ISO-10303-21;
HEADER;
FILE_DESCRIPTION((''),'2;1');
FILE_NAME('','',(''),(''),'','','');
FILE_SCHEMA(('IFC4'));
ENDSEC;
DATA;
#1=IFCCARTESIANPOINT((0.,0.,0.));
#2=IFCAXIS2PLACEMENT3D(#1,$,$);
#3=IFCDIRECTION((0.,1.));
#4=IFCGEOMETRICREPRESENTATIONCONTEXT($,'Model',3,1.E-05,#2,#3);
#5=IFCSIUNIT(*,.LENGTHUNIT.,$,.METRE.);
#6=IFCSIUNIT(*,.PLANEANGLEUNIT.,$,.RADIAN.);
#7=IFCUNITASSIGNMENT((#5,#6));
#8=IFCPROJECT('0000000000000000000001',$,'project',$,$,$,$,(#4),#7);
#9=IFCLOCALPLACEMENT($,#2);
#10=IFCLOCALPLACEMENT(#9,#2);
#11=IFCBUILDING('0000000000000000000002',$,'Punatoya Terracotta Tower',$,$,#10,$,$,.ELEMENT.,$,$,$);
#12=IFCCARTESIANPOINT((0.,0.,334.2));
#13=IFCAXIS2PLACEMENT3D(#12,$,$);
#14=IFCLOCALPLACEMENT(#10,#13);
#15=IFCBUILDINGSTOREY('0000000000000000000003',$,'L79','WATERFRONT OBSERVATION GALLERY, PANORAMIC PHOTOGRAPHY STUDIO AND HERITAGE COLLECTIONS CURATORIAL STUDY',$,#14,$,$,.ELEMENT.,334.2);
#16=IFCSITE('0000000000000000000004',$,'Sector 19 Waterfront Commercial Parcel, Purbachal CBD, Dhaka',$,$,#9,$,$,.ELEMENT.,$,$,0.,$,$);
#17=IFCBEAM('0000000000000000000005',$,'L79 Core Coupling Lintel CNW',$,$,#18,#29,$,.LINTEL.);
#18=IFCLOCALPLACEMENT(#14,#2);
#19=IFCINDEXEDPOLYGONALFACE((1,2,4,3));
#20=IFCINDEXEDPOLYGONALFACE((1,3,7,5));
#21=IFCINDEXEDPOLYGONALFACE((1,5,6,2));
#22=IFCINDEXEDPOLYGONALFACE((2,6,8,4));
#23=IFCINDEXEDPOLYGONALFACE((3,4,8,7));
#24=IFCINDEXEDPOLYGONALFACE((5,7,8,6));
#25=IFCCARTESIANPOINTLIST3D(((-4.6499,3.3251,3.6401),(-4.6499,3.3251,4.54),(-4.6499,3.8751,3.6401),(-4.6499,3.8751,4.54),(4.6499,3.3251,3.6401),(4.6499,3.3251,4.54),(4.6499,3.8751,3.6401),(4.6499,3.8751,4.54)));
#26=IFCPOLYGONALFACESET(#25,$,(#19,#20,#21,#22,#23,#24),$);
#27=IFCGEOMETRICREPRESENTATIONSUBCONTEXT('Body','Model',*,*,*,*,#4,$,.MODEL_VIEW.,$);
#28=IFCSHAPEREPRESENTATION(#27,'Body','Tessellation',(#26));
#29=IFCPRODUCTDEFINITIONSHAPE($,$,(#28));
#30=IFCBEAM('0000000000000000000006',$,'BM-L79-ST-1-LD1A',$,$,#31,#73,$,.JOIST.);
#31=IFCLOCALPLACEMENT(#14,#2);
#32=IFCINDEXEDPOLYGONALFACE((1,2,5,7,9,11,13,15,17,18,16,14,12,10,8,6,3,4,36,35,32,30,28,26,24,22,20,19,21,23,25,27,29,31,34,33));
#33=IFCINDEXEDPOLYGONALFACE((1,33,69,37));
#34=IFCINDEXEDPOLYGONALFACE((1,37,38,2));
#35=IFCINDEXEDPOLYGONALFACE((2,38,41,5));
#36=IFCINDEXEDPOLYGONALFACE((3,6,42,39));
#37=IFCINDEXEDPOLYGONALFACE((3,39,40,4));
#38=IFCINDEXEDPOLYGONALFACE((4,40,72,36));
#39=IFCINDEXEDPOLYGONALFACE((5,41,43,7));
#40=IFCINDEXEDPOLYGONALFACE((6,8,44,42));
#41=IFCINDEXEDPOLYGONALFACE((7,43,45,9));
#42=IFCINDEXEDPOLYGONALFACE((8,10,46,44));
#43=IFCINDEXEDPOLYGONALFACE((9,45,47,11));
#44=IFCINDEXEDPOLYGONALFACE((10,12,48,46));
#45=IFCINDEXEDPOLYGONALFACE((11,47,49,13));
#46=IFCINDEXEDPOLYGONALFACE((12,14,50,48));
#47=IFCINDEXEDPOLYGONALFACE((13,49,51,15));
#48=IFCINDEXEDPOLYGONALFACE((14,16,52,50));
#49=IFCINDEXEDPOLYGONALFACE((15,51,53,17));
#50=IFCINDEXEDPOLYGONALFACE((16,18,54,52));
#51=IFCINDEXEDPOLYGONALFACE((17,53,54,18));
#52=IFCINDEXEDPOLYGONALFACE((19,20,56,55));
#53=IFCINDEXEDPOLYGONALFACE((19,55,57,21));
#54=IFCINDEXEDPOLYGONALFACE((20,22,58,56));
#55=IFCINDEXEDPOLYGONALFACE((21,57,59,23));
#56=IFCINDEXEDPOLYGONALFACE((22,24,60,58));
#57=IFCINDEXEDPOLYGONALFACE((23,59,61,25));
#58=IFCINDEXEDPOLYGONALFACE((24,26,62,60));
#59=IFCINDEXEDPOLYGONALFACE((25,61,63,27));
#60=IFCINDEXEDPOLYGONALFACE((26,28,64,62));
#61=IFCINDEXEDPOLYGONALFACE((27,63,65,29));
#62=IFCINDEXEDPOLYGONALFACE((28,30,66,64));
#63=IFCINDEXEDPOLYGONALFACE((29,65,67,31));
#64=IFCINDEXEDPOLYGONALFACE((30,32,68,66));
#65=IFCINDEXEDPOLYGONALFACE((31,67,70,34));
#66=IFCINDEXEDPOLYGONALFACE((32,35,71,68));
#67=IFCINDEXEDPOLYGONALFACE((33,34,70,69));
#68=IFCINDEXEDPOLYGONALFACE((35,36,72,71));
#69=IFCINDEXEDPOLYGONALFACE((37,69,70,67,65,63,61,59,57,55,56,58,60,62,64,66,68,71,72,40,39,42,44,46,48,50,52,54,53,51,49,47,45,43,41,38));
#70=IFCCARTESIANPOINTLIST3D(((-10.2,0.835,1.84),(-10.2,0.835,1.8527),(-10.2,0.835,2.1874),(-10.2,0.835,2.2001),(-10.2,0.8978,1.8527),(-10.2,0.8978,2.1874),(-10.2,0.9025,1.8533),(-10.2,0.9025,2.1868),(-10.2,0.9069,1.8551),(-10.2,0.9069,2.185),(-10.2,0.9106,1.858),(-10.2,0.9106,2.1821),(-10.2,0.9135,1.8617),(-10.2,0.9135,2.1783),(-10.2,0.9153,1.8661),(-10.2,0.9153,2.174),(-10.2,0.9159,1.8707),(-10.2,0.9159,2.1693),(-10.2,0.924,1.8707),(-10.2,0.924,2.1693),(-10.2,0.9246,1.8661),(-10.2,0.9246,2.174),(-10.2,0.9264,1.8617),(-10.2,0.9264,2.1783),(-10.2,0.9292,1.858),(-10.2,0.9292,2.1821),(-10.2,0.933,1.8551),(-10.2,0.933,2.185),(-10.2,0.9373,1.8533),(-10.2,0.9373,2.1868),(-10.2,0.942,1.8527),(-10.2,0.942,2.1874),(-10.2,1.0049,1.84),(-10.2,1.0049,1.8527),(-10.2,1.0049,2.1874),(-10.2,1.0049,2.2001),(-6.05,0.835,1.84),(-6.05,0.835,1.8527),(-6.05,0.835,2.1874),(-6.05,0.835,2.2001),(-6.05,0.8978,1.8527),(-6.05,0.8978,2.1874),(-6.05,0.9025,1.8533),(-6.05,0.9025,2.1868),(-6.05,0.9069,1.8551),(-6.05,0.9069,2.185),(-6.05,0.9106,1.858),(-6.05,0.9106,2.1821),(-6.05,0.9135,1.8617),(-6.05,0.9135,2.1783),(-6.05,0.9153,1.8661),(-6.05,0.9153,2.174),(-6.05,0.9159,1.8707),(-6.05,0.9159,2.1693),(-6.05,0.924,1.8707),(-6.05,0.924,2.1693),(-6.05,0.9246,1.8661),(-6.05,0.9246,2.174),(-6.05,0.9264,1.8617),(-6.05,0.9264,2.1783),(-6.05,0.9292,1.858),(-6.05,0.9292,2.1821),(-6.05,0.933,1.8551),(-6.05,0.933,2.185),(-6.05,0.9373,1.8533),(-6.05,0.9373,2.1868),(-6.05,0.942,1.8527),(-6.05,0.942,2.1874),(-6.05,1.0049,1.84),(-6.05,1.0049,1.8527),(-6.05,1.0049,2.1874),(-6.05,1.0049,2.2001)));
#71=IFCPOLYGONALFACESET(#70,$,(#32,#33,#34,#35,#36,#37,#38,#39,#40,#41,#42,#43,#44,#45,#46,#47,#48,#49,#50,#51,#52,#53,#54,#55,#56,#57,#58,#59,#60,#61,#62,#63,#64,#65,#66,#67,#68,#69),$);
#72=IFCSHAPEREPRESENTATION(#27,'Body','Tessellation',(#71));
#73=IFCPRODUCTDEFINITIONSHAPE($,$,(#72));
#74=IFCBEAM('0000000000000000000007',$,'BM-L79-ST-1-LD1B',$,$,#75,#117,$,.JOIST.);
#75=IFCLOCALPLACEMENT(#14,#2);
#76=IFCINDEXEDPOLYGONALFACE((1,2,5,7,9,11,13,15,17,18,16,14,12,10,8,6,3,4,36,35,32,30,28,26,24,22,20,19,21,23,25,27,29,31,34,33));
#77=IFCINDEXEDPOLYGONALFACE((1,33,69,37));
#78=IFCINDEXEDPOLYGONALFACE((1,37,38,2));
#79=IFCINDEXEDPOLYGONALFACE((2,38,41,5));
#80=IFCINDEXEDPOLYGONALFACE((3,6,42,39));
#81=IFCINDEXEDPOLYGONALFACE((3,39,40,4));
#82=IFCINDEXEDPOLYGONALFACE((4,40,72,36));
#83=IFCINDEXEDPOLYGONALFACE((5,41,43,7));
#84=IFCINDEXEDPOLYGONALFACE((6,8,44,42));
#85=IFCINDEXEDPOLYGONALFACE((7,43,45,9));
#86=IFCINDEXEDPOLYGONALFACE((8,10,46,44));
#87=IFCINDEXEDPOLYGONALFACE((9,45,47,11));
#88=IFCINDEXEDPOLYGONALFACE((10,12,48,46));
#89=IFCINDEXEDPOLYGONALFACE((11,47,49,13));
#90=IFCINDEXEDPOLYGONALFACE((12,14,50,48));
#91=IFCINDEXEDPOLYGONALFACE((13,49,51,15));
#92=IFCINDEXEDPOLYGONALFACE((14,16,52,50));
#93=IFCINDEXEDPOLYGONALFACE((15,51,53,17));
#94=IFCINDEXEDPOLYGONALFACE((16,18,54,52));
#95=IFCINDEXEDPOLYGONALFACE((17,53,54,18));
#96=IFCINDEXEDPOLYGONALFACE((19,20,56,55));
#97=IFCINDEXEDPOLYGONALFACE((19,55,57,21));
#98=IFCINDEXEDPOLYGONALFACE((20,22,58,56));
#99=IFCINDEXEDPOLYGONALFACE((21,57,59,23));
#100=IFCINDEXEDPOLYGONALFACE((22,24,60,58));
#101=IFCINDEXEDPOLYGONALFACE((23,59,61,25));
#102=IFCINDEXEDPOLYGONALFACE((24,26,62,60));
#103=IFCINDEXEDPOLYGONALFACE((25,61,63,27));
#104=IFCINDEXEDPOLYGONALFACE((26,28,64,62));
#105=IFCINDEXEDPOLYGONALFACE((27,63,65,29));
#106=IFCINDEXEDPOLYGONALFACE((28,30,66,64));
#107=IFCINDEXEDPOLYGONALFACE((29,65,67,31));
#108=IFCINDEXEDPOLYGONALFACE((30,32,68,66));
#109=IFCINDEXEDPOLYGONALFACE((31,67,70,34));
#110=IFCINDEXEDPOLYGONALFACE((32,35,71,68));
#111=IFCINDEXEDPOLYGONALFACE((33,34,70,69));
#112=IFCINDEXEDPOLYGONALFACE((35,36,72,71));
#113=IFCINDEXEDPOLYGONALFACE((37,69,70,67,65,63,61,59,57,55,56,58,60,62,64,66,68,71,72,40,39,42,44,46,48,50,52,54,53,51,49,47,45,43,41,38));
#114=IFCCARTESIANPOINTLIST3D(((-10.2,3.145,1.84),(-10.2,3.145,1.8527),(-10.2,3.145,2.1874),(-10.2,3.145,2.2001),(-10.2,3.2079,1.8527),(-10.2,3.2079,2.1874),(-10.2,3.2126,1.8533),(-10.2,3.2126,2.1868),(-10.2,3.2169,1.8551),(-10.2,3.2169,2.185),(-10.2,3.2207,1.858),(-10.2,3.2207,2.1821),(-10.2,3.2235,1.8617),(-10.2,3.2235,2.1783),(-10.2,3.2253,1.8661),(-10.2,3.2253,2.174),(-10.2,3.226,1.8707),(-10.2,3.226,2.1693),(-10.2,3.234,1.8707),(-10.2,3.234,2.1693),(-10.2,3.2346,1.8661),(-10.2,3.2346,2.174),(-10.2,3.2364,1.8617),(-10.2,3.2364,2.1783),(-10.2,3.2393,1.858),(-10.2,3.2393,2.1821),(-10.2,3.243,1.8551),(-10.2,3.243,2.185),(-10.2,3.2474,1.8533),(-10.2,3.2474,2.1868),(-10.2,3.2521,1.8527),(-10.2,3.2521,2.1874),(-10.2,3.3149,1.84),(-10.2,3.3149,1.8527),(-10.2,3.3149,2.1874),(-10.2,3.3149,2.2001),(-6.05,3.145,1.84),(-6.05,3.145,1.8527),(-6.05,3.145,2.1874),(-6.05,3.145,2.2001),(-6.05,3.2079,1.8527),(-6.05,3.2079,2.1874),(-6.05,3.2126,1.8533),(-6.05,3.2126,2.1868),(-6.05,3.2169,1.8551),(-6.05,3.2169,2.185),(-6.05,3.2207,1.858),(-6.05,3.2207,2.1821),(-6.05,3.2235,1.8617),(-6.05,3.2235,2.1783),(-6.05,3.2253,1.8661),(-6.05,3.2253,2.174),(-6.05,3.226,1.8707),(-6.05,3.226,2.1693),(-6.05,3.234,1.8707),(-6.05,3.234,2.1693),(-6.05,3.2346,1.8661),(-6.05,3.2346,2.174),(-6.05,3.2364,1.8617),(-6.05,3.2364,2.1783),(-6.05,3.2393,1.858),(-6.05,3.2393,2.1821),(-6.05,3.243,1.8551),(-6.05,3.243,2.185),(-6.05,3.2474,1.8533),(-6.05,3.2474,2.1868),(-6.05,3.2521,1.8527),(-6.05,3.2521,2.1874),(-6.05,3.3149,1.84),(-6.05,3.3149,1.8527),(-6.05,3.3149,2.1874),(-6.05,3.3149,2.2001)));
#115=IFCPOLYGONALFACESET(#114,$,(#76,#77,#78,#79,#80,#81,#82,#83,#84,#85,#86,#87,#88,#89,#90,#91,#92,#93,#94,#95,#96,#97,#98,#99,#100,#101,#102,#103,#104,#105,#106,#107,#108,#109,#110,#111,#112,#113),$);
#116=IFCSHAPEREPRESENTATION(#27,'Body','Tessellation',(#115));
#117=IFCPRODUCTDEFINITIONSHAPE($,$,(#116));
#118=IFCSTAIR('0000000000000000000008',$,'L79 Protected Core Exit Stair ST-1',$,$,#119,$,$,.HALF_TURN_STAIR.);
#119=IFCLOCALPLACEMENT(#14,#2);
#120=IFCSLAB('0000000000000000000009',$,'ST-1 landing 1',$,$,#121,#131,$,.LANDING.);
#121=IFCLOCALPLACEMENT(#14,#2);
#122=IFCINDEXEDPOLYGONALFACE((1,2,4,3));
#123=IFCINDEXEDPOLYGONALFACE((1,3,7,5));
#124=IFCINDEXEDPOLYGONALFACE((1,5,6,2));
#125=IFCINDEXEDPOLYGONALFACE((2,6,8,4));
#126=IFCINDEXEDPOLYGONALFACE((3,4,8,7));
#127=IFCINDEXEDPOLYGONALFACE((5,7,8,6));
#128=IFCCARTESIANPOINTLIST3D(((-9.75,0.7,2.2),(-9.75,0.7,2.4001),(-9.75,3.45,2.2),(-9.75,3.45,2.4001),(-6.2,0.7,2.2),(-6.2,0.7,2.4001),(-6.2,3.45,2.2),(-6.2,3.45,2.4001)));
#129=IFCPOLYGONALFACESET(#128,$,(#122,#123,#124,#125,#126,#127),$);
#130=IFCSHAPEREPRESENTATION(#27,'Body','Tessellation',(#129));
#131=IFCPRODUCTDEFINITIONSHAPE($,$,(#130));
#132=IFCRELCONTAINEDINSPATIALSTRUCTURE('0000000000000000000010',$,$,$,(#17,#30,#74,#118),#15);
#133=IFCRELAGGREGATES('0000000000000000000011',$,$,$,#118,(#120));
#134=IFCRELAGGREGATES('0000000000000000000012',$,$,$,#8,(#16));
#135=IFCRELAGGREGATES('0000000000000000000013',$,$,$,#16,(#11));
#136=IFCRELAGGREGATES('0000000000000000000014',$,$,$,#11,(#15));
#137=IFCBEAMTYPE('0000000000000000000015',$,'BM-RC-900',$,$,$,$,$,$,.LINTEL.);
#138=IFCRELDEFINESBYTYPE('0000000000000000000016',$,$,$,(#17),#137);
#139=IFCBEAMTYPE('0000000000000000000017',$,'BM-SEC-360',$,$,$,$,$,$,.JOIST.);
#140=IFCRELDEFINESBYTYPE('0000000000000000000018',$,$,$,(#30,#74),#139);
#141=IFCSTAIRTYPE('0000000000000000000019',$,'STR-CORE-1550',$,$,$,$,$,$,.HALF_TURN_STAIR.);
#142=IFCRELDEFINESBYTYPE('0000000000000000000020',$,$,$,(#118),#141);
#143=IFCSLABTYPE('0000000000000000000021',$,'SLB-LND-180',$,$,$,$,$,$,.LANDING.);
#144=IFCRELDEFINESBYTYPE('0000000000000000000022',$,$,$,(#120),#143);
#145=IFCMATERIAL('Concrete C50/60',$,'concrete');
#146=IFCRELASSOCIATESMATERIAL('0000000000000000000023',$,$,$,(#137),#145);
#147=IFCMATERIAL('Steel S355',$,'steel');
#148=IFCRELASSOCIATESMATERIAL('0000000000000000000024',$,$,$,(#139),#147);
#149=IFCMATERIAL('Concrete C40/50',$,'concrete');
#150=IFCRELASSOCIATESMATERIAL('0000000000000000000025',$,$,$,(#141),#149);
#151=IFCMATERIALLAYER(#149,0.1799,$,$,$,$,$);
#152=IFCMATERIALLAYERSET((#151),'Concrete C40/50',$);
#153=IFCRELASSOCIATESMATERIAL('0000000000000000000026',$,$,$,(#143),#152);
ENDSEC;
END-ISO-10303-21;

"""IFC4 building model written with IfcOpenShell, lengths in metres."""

from ifc_helpers import new_model, si_unit, direction, frame, origin, origin_2d, place, context, subcontext, project, spatial, polyline, rectangle, i_section, outline, extrude, material, layer, layer_set, material_profile, profile_set, type_object, element, aggregate, save


model = new_model("IFC4")

# Units and contexts
model_context = context("Model", 3, precision=1e-05, world=origin(), true_north=direction((0.0, 1.0)))
body_context = subcontext(model_context, "Body", "Model", "MODEL_VIEW")
ifc_project = project(units=[si_unit("LENGTHUNIT", "METRE"), si_unit("PLANEANGLEUNIT", "RADIAN")], contexts=[model_context])

# Site, building, storey
site_placement = place(None, origin())
site = spatial("IfcSite", under=ifc_project, at=site_placement, Name="Sector 19 Waterfront Commercial Parcel, Purbachal CBD, Dhaka", CompositionType="ELEMENT", RefElevation=0.0)
building_placement = place(site_placement, origin())
building = spatial("IfcBuilding", under=site, at=building_placement, Name="Punatoya Terracotta Tower", CompositionType="ELEMENT")
storey_placement = place(building_placement, frame((0.0, 0.0, 334.2)))
storey = spatial("IfcBuildingStorey", under=building, at=storey_placement, Name="L79", Description="WATERFRONT OBSERVATION GALLERY, PANORAMIC PHOTOGRAPHY STUDIO AND HERITAGE COLLECTIONS CURATORIAL STUDY", CompositionType="ELEMENT", Elevation=334.2)

# Beams
ifc_material_1 = material(Name="Concrete C50/60", Category="concrete")
ifc_material_profile_1 = material_profile(ifc_material_1, rectangle(XDim=0.55, YDim=0.8999, at=origin_2d()))
ifc_profile_set_1 = profile_set([ifc_material_profile_1], Name="Concrete C50/60")
beam_type_1 = type_object("IfcBeamType", Name="BM-RC-900", PredefinedType="LINTEL", material=ifc_profile_set_1)
beam_placement = place(storey_placement, frame((-4.6499, 3.6001, 4.0901), z_axis=(1.0, 0.0, 0.0), x_axis=(0.0, 1.0, 0.0)))
element("IfcBeam", 1, at=beam_placement, inside=storey, type_object=beam_type_1, Name="L79 Core Coupling Lintel CNW", PredefinedType="LINTEL", context=body_context, shape_type="SweptSolid", body=[
    extrude(rectangle(XDim=0.55, YDim=0.8999, at=origin_2d()), origin(), (0.0, 0.0, 1.0), 9.2998),
])
ifc_material_2 = material(Name="Steel S355", Category="steel")
ifc_material_profile_2 = material_profile(ifc_material_2, i_section(OverallWidth=0.1699, OverallDepth=0.3601, WebThickness=0.0081, FlangeThickness=0.0127, FilletRadius=0.0181, at=origin_2d()))
ifc_profile_set_2 = profile_set([ifc_material_profile_2], Name="Steel S355")
beam_type_2 = type_object("IfcBeamType", Name="BM-SEC-360", PredefinedType="JOIST", material=ifc_profile_set_2)
for number, where, z_axis, x_axis, name in (
    (2, (-10.2, 0.9199, 2.02), (1.0, 0.0, 0.0), (0.0, 1.0, 0.0), "BM-L79-ST-1-LD1A"),
    (3, (-10.2, 3.23, 2.02), (1.0, 0.0, 0.0), (0.0, 1.0, 0.0), "BM-L79-ST-1-LD1B"),
):
    element("IfcBeam", number, at=place(storey_placement, frame(where, z_axis=z_axis, x_axis=x_axis)), inside=storey, type_object=beam_type_2, Name=name, PredefinedType="JOIST", context=body_context, shape_type="SweptSolid", body=[
        extrude(i_section(OverallWidth=0.1699, OverallDepth=0.3601, WebThickness=0.0081, FlangeThickness=0.0127, FilletRadius=0.0181, at=origin_2d()), origin(), (0.0, 0.0, 1.0), 4.1499),
    ])

# Stair, slab
ifc_material_3 = material(Name="Concrete C40/50", Category="concrete")
stair_type_1 = type_object("IfcStairType", Name="STR-CORE-1550", PredefinedType="HALF_TURN_STAIR", material=ifc_material_3)
stair_1_placement = place(storey_placement, origin())
stair_1 = element("IfcStair", 4, at=stair_1_placement, inside=storey, type_object=stair_type_1, Name="L79 Protected Core Exit Stair ST-1", PredefinedType="HALF_TURN_STAIR")
ifc_layer_1 = layer(ifc_material_3, 0.1799)
ifc_layer_set_1 = layer_set([ifc_layer_1], Name="Concrete C40/50")
slab_type_1 = type_object("IfcSlabType", Name="SLB-LND-180", PredefinedType="LANDING", material=ifc_layer_set_1)
slab_1_placement = place(storey_placement, frame((0.0, 0.0, 2.2)))
slab_1 = element("IfcSlab", 5, at=slab_1_placement, type_object=slab_type_1, Name="ST-1 landing 1", PredefinedType="LANDING", context=body_context, shape_type="SweptSolid", body=[
    extrude(outline(polyline([(-6.2, 0.7), (-6.2, 3.45), (-9.75, 3.45), (-9.75, 0.7), (-6.2, 0.7)])), origin(), (0.0, 0.0, 1.0), 0.2002),
])

aggregate(stair_1, [slab_1])

save(model, "model.ifc")
